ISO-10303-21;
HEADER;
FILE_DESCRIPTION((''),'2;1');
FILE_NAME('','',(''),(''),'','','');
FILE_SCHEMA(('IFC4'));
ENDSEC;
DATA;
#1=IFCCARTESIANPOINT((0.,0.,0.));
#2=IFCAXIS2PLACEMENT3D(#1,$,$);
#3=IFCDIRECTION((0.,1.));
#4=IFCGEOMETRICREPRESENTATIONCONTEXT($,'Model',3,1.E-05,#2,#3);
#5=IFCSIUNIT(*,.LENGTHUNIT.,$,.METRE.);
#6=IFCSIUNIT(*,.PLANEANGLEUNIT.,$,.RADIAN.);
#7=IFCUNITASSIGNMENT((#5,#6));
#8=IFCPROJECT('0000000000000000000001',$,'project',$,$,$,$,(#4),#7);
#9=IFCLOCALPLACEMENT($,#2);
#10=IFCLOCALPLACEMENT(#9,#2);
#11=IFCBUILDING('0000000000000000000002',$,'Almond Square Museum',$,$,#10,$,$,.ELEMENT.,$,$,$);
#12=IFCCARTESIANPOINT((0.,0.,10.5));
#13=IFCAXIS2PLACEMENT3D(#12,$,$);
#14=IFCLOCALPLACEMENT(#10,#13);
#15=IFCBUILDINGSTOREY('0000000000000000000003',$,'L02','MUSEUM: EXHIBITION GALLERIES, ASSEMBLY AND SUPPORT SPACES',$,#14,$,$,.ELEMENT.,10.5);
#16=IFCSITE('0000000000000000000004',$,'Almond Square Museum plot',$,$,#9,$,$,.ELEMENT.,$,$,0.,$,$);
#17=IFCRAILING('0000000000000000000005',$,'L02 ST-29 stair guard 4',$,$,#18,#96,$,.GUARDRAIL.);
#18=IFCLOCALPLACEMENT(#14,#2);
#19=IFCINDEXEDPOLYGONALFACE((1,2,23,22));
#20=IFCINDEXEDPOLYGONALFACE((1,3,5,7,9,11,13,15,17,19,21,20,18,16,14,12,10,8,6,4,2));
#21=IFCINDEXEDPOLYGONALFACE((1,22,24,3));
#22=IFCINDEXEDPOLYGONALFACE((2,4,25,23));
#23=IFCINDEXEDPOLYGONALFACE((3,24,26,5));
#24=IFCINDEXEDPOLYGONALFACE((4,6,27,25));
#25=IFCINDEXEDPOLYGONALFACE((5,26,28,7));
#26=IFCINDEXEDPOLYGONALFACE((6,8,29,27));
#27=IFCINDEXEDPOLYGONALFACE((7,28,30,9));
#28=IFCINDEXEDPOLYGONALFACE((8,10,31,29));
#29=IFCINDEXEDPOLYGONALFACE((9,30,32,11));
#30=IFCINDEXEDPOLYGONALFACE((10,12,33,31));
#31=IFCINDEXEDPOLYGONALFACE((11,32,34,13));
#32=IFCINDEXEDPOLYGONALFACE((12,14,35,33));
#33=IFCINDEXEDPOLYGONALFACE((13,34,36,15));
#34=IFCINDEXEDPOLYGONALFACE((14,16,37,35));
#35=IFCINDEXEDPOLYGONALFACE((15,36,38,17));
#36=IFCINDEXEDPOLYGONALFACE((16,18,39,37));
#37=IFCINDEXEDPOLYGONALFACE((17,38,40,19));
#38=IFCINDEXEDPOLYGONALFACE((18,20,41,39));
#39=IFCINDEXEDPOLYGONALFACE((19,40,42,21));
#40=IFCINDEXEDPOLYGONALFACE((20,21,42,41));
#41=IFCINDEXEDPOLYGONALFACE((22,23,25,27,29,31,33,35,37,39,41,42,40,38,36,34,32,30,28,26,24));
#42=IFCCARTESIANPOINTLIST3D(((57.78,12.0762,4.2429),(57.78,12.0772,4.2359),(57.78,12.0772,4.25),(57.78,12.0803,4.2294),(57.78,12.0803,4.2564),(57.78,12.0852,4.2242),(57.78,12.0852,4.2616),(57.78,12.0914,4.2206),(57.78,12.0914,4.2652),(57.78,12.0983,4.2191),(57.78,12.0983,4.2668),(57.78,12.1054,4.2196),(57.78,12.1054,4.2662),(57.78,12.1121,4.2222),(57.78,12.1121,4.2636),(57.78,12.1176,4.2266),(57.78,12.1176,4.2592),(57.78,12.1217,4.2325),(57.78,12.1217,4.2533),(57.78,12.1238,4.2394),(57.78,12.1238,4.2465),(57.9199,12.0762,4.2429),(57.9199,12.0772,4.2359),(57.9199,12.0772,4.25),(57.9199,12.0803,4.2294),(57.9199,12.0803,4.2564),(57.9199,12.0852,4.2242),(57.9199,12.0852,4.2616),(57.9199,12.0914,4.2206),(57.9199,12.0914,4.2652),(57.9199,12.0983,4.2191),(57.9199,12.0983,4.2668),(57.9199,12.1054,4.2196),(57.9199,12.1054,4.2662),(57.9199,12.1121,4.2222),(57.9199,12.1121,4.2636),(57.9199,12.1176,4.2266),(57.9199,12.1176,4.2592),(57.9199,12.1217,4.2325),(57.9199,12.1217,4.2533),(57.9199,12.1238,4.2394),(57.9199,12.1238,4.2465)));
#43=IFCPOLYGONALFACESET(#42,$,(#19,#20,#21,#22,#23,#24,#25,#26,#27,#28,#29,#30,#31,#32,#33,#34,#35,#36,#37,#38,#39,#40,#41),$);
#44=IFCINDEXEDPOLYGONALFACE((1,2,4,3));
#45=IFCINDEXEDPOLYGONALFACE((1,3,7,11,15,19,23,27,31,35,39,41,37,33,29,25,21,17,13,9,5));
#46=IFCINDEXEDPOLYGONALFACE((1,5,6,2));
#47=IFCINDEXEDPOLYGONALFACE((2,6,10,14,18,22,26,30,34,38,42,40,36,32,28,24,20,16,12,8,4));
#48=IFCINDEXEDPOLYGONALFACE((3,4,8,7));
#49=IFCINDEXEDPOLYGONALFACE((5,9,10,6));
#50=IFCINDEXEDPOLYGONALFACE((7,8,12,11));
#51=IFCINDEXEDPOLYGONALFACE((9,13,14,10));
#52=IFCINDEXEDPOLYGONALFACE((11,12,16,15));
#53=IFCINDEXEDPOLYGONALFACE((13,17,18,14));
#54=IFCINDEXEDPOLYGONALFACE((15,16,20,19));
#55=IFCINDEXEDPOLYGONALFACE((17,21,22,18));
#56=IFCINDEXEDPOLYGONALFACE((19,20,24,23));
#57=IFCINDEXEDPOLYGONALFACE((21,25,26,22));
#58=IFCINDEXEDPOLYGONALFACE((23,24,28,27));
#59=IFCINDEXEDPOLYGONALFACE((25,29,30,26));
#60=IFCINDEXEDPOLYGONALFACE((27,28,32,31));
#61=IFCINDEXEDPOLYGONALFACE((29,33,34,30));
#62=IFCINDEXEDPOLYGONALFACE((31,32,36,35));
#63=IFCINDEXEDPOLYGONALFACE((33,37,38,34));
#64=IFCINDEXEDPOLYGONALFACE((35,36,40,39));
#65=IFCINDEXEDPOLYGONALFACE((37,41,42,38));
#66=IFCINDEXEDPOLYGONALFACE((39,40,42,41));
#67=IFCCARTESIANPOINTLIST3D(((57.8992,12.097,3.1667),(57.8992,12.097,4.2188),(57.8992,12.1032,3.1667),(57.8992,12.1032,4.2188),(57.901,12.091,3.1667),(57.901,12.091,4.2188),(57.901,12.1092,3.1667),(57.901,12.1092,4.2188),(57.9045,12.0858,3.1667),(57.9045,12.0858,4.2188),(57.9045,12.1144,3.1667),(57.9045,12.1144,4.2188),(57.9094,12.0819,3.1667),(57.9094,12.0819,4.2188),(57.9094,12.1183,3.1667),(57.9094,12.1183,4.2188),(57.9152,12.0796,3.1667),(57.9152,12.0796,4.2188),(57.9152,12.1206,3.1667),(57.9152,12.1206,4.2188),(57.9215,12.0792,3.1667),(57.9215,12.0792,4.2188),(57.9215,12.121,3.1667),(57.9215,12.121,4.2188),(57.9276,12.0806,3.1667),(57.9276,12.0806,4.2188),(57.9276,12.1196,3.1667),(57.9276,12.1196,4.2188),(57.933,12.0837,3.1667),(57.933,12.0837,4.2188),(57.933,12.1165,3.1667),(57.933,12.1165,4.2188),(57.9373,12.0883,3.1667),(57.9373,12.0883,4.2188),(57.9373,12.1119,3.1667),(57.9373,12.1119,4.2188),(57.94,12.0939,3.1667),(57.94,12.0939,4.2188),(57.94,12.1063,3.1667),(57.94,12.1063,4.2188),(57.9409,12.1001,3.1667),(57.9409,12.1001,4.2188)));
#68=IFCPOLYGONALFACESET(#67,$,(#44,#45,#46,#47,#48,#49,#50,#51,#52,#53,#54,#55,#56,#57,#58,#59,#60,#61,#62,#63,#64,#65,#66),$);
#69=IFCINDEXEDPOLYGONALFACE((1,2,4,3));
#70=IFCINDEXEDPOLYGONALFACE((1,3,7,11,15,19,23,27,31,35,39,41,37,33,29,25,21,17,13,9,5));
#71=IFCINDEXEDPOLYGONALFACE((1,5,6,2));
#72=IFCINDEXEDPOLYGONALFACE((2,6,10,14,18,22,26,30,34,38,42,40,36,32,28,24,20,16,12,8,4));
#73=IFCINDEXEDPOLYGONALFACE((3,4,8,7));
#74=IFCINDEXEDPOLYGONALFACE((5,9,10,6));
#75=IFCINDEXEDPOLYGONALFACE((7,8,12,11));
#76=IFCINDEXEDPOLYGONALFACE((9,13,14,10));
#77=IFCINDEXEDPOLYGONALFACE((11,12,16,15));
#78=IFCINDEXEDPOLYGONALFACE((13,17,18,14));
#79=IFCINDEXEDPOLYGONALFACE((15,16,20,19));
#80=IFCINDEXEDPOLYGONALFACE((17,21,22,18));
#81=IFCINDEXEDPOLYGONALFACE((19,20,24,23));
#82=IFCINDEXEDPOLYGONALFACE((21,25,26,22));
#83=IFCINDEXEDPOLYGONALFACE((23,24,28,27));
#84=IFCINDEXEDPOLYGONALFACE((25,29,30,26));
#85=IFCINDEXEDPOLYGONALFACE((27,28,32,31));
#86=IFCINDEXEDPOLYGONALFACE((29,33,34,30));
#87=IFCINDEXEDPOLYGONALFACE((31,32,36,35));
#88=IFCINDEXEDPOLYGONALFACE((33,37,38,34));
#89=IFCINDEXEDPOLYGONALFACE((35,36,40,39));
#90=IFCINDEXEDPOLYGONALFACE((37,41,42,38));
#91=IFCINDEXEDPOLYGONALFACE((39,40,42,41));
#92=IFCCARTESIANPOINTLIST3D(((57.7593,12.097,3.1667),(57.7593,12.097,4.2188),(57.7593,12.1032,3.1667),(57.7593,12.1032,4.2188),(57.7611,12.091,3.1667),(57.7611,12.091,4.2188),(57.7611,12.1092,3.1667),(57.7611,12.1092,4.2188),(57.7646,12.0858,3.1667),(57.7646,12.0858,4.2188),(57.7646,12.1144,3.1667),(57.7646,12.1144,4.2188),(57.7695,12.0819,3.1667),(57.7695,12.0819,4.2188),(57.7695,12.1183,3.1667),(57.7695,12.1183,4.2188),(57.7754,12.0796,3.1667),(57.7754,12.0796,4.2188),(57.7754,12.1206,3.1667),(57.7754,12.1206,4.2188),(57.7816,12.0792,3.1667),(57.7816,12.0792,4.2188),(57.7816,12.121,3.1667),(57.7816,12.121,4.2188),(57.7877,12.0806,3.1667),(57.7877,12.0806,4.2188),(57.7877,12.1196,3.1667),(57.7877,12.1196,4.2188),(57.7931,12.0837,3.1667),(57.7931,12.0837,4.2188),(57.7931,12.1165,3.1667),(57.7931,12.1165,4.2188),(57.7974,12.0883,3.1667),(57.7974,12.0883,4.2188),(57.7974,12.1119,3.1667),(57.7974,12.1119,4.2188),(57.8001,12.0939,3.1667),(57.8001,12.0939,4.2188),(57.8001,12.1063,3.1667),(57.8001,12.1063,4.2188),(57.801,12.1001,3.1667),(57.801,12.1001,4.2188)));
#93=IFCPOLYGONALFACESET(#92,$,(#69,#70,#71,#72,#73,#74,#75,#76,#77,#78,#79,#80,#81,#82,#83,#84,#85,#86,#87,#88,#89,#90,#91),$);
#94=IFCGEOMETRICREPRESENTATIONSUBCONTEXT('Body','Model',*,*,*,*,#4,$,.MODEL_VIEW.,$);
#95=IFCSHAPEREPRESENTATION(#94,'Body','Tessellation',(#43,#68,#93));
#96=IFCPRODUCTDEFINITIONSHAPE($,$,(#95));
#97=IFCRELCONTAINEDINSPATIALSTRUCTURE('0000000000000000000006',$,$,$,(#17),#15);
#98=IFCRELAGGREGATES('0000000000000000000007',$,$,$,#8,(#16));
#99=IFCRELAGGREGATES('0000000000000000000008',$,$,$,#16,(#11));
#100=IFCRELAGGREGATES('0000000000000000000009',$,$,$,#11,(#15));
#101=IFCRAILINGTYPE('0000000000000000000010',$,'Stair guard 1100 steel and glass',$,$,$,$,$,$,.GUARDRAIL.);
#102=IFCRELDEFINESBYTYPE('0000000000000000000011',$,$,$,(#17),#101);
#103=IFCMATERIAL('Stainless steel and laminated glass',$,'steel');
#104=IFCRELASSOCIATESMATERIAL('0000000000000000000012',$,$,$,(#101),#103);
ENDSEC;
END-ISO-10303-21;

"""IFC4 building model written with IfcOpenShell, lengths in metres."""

from ifc_helpers import new_model, si_unit, direction, frame, origin, origin_2d, place, context, subcontext, project, spatial, circle, extrude, material, type_object, element, save


model = new_model("IFC4")

# Units and contexts
model_context = context("Model", 3, precision=1e-05, world=origin(), true_north=direction((0.0, 1.0)))
body_context = subcontext(model_context, "Body", "Model", "MODEL_VIEW")
ifc_project = project(units=[si_unit("LENGTHUNIT", "METRE"), si_unit("PLANEANGLEUNIT", "RADIAN")], contexts=[model_context])

# Site, building, storey
site_placement = place(None, origin())
site = spatial("IfcSite", under=ifc_project, at=site_placement, Name="Almond Square Museum plot", CompositionType="ELEMENT", RefElevation=0.0)
building_placement = place(site_placement, origin())
building = spatial("IfcBuilding", under=site, at=building_placement, Name="Almond Square Museum", CompositionType="ELEMENT")
storey_placement = place(building_placement, frame((0.0, 0.0, 10.5)))
storey = spatial("IfcBuildingStorey", under=building, at=storey_placement, Name="L02", Description="MUSEUM: EXHIBITION GALLERIES, ASSEMBLY AND SUPPORT SPACES", CompositionType="ELEMENT", Elevation=10.5)

# Railing
ifc_material_1 = material(Name="Stainless steel and laminated glass", Category="steel")
railing_type_1 = type_object("IfcRailingType", Name="Stair guard 1100 steel and glass", PredefinedType="GUARDRAIL", material=ifc_material_1)
railing_1_placement = place(storey_placement, frame((57.9199, 12.1001, 3.1667)))
element("IfcRailing", 1, at=railing_1_placement, inside=storey, type_object=railing_type_1, Name="L02 ST-29 stair guard 4", PredefinedType="GUARDRAIL", context=body_context, shape_type="SweptSolid", body=[
    extrude(circle(Radius=0.0239, at=origin_2d()), frame((0.0, 0.0, 1.0762), z_axis=(-1.0, 0.0, 0.0), x_axis=(0.0, -1.0, 0.0)), (0.0, 0.0, 1.0), 0.1399),
    extrude(circle(Radius=0.021, at=origin_2d()), origin(), (0.0, 0.0, 1.0), 1.052),
    extrude(circle(Radius=0.021, at=origin_2d()), frame((-0.1399, 0.0, 0.0)), (0.0, 0.0, 1.0), 1.052),
])

save(model, "model.ifc")
